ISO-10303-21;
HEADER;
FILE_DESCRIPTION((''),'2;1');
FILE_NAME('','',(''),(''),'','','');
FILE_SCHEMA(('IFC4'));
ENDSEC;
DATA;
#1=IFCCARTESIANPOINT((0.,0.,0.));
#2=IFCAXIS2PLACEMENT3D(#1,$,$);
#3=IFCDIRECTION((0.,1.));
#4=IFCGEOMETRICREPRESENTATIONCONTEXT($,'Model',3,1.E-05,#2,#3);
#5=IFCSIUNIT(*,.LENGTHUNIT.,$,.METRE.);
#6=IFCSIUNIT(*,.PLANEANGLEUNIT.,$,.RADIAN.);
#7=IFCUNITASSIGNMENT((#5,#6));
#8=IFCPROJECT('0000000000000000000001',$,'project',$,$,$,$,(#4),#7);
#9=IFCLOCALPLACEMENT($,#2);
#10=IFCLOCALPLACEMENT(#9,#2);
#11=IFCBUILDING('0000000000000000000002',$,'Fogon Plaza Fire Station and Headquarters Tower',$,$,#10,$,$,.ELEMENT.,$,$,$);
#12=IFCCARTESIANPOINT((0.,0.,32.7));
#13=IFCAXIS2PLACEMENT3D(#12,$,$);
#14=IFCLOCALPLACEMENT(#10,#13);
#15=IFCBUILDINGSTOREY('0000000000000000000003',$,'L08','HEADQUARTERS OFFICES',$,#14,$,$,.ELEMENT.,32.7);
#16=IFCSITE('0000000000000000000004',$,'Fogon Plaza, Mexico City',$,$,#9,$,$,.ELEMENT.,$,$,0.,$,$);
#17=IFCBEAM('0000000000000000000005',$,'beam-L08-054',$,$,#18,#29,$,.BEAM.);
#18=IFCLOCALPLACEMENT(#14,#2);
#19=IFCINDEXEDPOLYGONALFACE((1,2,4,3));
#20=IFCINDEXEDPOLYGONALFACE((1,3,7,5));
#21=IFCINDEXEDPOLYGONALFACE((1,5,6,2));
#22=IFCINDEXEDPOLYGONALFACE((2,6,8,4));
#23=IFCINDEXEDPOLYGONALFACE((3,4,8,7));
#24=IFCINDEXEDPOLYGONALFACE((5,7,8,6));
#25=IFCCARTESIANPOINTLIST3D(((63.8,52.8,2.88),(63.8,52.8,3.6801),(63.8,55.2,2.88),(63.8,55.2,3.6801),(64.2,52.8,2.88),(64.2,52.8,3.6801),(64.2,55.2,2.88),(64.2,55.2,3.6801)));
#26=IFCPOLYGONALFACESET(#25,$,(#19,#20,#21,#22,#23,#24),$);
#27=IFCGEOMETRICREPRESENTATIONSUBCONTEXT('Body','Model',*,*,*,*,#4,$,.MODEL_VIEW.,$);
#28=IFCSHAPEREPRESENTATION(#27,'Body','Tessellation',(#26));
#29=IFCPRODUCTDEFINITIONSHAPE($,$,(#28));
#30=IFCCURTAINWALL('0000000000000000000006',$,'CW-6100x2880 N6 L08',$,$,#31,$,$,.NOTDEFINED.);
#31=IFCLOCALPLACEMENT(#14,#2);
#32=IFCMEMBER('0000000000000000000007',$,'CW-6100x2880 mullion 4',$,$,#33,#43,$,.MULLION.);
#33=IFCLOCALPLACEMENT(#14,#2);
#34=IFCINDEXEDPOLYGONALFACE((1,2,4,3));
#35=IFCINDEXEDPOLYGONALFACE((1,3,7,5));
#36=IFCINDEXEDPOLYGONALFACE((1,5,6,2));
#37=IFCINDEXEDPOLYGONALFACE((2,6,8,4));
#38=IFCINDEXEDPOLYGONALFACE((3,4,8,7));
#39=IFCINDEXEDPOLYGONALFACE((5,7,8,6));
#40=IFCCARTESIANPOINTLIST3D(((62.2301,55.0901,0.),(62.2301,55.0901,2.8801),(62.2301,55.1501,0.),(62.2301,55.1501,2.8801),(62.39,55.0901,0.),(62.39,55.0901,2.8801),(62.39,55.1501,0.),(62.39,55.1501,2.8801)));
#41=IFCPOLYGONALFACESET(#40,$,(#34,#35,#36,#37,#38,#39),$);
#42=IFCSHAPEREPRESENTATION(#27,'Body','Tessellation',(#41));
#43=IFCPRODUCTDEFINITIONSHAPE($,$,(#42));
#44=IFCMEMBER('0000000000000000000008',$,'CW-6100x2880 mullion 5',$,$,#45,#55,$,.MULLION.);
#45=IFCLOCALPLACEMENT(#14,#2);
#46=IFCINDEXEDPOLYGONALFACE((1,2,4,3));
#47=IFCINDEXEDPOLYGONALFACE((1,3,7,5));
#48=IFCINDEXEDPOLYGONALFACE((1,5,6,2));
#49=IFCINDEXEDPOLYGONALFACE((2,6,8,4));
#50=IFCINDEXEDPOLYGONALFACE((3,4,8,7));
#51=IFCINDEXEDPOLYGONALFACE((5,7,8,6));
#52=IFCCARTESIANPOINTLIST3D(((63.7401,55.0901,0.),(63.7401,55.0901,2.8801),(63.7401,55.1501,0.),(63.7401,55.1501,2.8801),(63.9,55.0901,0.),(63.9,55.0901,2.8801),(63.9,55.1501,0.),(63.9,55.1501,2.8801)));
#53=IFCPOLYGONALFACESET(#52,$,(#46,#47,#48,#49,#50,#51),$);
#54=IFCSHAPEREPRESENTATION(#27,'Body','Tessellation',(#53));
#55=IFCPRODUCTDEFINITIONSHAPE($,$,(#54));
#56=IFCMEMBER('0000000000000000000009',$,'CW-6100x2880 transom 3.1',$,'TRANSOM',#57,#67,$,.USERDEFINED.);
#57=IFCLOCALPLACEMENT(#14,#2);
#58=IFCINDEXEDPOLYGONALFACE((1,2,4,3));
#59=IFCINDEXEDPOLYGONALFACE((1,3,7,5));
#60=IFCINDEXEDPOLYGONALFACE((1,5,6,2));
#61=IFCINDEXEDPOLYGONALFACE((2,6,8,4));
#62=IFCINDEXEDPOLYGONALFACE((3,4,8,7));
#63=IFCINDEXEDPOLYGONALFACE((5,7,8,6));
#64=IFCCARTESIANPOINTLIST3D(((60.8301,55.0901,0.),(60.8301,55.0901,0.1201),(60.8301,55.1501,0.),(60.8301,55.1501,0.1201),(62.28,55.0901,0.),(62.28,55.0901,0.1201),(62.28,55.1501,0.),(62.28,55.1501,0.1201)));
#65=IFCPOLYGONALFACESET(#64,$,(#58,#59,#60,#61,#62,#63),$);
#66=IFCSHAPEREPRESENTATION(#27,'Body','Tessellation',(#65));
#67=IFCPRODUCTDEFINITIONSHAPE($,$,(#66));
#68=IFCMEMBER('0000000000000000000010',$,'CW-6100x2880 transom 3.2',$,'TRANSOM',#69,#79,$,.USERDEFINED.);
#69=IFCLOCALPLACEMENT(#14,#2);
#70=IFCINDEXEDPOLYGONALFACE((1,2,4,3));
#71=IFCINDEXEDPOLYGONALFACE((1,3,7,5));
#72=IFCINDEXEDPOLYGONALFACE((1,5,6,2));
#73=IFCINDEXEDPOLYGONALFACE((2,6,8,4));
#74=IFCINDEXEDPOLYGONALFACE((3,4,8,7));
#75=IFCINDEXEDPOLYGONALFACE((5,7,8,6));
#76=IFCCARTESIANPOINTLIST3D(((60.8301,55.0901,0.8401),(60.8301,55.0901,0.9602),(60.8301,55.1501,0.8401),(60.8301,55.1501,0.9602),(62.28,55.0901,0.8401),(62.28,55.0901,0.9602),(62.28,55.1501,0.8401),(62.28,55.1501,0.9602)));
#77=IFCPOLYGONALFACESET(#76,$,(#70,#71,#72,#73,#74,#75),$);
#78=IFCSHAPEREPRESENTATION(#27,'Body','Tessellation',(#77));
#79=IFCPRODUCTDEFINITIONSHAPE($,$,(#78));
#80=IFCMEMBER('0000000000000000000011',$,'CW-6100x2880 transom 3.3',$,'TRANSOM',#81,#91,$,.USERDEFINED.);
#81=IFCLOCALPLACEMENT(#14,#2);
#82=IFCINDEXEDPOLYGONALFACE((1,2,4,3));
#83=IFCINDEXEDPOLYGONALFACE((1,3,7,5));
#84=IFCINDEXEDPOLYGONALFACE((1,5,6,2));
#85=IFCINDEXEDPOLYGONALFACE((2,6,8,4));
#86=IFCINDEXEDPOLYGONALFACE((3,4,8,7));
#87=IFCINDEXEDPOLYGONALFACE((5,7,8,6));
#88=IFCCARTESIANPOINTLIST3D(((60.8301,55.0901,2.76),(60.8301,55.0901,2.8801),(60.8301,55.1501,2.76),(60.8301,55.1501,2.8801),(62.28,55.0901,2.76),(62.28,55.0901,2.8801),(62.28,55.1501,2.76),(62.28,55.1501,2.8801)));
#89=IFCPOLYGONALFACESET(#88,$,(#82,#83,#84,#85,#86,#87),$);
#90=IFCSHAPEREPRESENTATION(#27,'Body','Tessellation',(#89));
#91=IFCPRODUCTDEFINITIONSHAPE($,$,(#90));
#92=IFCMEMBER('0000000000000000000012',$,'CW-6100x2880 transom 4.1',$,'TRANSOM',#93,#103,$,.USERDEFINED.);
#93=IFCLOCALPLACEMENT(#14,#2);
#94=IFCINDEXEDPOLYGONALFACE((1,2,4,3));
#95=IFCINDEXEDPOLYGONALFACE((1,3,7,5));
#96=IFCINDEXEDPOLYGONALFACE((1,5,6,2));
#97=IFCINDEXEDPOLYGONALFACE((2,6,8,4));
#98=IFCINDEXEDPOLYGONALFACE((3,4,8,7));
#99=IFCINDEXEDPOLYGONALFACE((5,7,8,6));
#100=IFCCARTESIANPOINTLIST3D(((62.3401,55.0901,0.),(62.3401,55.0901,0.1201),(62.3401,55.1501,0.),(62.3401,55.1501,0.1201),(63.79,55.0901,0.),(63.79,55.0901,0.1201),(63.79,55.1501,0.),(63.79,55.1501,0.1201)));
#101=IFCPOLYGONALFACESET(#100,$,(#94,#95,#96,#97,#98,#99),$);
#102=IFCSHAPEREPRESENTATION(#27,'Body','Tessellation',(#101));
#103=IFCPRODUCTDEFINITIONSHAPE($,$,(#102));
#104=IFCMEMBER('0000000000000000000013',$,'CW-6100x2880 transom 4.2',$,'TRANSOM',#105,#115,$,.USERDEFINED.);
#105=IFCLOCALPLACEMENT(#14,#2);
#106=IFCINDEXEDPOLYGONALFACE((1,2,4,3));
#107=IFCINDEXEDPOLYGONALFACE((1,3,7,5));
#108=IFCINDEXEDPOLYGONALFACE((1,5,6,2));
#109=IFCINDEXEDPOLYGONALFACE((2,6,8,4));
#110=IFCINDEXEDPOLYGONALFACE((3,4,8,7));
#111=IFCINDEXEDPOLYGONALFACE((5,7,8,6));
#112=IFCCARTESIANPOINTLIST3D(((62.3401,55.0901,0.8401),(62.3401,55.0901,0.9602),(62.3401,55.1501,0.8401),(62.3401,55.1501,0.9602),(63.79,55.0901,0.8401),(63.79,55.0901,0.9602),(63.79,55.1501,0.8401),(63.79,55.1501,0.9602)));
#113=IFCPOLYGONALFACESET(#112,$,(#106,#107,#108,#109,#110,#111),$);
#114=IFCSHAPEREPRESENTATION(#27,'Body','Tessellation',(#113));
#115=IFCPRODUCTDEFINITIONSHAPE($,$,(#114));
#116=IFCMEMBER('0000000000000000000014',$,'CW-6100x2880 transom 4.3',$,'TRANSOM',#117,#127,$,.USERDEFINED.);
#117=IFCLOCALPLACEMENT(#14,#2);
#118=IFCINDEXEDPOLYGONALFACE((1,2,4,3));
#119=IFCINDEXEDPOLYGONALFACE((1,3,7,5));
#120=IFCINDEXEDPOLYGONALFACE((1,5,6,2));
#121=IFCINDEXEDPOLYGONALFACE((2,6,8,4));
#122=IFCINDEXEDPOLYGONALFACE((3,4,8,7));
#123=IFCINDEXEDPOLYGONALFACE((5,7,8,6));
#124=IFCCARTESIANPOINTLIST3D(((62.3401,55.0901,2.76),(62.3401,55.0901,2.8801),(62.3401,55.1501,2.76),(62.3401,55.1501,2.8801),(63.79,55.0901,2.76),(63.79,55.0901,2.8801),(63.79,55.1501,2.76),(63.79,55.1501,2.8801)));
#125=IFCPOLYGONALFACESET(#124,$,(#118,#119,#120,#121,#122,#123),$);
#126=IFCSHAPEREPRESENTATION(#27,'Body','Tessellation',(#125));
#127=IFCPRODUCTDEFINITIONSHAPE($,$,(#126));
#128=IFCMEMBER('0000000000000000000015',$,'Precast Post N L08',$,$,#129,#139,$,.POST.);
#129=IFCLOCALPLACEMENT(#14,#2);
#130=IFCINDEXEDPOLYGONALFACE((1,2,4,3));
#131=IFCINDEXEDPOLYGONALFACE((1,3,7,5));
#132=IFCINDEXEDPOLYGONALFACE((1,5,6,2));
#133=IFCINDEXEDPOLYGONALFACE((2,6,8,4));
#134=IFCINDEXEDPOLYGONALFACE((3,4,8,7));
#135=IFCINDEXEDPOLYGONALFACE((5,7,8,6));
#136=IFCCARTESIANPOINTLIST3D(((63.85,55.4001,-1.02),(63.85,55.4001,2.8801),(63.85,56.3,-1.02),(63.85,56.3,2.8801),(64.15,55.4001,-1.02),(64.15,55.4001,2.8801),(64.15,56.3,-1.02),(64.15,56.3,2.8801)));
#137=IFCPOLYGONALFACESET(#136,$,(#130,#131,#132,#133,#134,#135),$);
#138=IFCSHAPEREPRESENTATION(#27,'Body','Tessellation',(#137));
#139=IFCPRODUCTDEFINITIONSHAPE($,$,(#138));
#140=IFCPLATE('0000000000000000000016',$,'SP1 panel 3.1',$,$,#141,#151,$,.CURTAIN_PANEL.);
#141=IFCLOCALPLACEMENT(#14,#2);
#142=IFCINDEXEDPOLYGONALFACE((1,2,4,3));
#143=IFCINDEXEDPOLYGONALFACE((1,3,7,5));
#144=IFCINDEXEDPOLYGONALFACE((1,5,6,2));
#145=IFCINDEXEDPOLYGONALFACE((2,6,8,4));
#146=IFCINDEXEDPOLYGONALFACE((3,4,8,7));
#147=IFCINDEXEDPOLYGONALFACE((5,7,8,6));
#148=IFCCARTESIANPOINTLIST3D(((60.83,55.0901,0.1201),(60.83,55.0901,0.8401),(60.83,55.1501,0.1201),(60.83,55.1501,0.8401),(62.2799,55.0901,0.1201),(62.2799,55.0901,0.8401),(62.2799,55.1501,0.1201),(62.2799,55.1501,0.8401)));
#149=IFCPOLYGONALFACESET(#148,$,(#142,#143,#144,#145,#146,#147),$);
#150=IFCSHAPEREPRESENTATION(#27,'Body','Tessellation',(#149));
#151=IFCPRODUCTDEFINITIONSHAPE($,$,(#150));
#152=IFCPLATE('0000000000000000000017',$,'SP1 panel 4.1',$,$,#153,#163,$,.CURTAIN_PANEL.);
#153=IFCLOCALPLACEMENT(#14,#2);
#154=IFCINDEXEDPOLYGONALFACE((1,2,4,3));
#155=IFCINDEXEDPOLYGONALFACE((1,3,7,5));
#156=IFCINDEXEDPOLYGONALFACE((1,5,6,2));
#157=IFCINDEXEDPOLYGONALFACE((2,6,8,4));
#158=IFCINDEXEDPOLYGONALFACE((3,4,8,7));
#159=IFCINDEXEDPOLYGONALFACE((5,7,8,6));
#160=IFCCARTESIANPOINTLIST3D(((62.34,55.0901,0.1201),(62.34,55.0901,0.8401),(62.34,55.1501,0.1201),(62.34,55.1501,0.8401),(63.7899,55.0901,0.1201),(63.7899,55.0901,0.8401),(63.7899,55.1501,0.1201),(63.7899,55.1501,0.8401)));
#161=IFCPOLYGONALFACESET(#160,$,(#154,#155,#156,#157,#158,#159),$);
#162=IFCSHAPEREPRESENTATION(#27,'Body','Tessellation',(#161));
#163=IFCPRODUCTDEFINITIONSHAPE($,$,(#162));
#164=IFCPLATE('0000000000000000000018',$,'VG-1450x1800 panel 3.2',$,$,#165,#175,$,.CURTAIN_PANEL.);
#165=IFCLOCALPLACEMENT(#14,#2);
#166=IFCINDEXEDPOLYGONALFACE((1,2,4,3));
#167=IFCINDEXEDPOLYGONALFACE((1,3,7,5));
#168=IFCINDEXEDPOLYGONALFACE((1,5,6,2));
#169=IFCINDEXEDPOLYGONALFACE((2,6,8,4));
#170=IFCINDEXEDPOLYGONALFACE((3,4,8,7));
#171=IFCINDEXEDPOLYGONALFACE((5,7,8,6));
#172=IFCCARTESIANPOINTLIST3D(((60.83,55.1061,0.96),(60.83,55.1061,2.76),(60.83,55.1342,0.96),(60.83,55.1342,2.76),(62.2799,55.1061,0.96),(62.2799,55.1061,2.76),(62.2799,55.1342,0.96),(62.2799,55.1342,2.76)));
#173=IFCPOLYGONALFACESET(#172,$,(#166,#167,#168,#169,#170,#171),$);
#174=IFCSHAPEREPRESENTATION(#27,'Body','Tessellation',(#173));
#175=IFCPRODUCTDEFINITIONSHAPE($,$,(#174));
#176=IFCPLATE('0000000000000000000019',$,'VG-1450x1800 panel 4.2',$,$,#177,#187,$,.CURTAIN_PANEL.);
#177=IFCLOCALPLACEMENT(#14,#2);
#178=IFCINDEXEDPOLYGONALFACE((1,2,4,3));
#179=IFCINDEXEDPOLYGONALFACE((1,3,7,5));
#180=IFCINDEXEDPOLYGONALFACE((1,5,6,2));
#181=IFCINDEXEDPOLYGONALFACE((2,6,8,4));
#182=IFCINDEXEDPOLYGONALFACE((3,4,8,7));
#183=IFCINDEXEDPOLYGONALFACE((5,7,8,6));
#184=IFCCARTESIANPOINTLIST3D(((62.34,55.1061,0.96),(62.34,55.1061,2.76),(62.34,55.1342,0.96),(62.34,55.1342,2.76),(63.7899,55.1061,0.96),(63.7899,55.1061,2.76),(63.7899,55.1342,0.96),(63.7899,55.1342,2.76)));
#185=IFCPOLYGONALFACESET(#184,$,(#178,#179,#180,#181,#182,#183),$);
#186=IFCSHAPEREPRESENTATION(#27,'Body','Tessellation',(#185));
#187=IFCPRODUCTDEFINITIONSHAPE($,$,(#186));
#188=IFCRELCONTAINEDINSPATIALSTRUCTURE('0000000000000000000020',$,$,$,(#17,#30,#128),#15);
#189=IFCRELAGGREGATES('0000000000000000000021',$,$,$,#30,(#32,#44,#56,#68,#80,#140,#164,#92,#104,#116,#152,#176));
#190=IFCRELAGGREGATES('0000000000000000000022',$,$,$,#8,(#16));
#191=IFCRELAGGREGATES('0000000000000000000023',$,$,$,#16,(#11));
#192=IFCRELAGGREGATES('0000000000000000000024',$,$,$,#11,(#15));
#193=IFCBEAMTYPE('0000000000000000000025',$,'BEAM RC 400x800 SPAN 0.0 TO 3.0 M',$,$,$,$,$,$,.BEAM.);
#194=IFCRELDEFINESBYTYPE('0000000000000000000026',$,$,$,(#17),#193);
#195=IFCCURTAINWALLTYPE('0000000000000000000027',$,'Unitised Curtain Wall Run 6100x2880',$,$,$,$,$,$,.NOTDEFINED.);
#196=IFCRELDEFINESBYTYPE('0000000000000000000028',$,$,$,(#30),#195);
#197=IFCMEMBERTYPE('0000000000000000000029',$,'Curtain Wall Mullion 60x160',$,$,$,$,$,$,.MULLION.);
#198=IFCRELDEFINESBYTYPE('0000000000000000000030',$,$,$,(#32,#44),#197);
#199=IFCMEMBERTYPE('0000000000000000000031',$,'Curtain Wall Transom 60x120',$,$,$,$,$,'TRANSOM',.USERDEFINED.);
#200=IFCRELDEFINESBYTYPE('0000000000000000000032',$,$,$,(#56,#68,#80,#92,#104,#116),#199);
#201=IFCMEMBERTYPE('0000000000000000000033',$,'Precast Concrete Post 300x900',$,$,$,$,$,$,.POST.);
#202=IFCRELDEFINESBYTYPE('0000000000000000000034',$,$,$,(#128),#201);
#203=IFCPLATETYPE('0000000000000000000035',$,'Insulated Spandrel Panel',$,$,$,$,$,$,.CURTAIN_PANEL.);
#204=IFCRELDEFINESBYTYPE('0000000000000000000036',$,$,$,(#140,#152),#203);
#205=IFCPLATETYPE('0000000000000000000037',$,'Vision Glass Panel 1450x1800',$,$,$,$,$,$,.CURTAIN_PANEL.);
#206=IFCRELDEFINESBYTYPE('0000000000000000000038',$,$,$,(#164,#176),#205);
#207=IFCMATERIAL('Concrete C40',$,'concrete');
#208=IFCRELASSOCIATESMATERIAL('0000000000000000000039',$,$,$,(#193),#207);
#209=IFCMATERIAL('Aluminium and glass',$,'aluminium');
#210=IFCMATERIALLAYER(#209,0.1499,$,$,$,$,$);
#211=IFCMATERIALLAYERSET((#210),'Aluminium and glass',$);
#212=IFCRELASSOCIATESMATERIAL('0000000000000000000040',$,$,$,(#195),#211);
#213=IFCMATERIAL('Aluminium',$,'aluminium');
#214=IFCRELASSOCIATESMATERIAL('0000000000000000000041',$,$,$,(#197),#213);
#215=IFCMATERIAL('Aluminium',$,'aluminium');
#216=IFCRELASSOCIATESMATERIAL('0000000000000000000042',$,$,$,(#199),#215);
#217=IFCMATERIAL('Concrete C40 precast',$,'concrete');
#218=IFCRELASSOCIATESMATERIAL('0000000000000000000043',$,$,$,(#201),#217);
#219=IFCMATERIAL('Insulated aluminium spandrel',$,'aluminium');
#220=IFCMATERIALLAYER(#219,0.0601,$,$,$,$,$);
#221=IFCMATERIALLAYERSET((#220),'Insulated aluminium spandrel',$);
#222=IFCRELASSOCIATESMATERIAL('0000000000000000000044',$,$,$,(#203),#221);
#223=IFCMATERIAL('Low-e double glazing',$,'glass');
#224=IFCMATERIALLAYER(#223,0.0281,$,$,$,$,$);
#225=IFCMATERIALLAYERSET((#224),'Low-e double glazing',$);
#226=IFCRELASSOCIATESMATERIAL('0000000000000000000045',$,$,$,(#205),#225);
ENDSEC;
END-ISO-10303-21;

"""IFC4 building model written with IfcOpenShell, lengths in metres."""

from ifc_helpers import new_model, si_unit, direction, frame, origin, origin_2d, place, context, subcontext, project, spatial, rectangle, extrude, material, layer, layer_set, material_profile, profile_set, type_object, element, aggregate, save


model = new_model("IFC4")

# Units and contexts
model_context = context("Model", 3, precision=1e-05, world=origin(), true_north=direction((0.0, 1.0)))
body_context = subcontext(model_context, "Body", "Model", "MODEL_VIEW")
ifc_project = project(units=[si_unit("LENGTHUNIT", "METRE"), si_unit("PLANEANGLEUNIT", "RADIAN")], contexts=[model_context])

# Site, building, storey
site_placement = place(None, origin())
site = spatial("IfcSite", under=ifc_project, at=site_placement, Name="Fogon Plaza, Mexico City", CompositionType="ELEMENT", RefElevation=0.0)
building_placement = place(site_placement, origin())
building = spatial("IfcBuilding", under=site, at=building_placement, Name="Fogon Plaza Fire Station and Headquarters Tower", CompositionType="ELEMENT")
storey_placement = place(building_placement, frame((0.0, 0.0, 32.7)))
storey = spatial("IfcBuildingStorey", under=building, at=storey_placement, Name="L08", Description="HEADQUARTERS OFFICES", CompositionType="ELEMENT", Elevation=32.7)

# Beam
ifc_material_1 = material(Name="Concrete C40", Category="concrete")
ifc_material_profile_1 = material_profile(ifc_material_1, rectangle(XDim=0.3999, YDim=0.8, at=origin_2d()), Name="RC 400x800")
ifc_profile_set_1 = profile_set([ifc_material_profile_1], Name="Concrete C40")
beam_type = type_object("IfcBeamType", Name="BEAM RC 400x800 SPAN 0.0 TO 3.0 M", PredefinedType="BEAM", material=ifc_profile_set_1)
beam_placement = place(storey_placement, frame((64.0, 52.8, 3.28), z_axis=(0.0, 1.0, 0.0), x_axis=(-1.0, 0.0, 0.0)))
element("IfcBeam", 1, at=beam_placement, inside=storey, type_object=beam_type, Name="beam-L08-054", PredefinedType="BEAM", context=body_context, shape_type="SweptSolid", body=[
    extrude(rectangle(XDim=0.3999, YDim=0.8, at=origin_2d()), origin(), (0.0, 0.0, 1.0), 2.3999),
])

# Curtain wall, members
ifc_material_2 = material(Name="Aluminium and glass", Category="aluminium")
ifc_layer_1 = layer(ifc_material_2, 0.1499)
ifc_layer_set_1 = layer_set([ifc_layer_1], Name="Aluminium and glass")
curtain_wall_type = type_object("IfcCurtainWallType", Name="Unitised Curtain Wall Run 6100x2880", PredefinedType="NOTDEFINED", material=ifc_layer_set_1)
curtain_wall_placement = place(storey_placement, origin())
curtain_wall = element("IfcCurtainWall", 2, at=curtain_wall_placement, inside=storey, type_object=curtain_wall_type, Name="CW-6100x2880 N6 L08", PredefinedType="NOTDEFINED")
ifc_material_3 = material(Name="Aluminium", Category="aluminium")
ifc_material_profile_2 = material_profile(ifc_material_3, rectangle(XDim=0.0601, YDim=0.1599, at=origin_2d()), Name="Curtain Wall Mullion 60x160")
ifc_profile_set_2 = profile_set([ifc_material_profile_2], Name="Aluminium")
member_type_1 = type_object("IfcMemberType", Name="Curtain Wall Mullion 60x160", PredefinedType="MULLION", material=ifc_profile_set_2)
member_1_placement = place(storey_placement, frame((62.3101, 55.1201, 0.0), z_axis=(0.0, 0.0, 1.0), x_axis=(0.0, 1.0, 0.0)))
member_1 = element("IfcMember", 3, at=member_1_placement, type_object=member_type_1, Name="CW-6100x2880 mullion 4", PredefinedType="MULLION", context=body_context, shape_type="SweptSolid", body=[
    extrude(rectangle(XDim=0.0601, YDim=0.1599, at=origin_2d()), origin(), (0.0, 0.0, 1.0), 2.8801),
])
member_2_placement = place(storey_placement, frame((63.8201, 55.1201, 0.0), z_axis=(0.0, 0.0, 1.0), x_axis=(0.0, 1.0, 0.0)))
member_2 = element("IfcMember", 4, at=member_2_placement, type_object=member_type_1, Name="CW-6100x2880 mullion 5", PredefinedType="MULLION", context=body_context, shape_type="SweptSolid", body=[
    extrude(rectangle(XDim=0.0601, YDim=0.1599, at=origin_2d()), origin(), (0.0, 0.0, 1.0), 2.8801),
])
ifc_material_4 = material(Name="Aluminium", Category="aluminium")
ifc_material_profile_3 = material_profile(ifc_material_4, rectangle(XDim=0.0601, YDim=0.1201, at=origin_2d()), Name="Curtain Wall Transom 60x120")
ifc_profile_set_3 = profile_set([ifc_material_profile_3], Name="Aluminium")
member_type_2 = type_object("IfcMemberType", Name="Curtain Wall Transom 60x120", ElementType="TRANSOM", PredefinedType="USERDEFINED", material=ifc_profile_set_3)
member_3_placement = place(storey_placement, frame((60.8301, 55.1201, 0.0601), z_axis=(1.0, 0.0, 0.0), x_axis=(0.0, 1.0, 0.0)))
member_3 = element("IfcMember", 5, at=member_3_placement, type_object=member_type_2, Name="CW-6100x2880 transom 3.1", ObjectType="TRANSOM", PredefinedType="USERDEFINED", context=body_context, shape_type="SweptSolid", body=[
    extrude(rectangle(XDim=0.0601, YDim=0.1201, at=origin_2d()), origin(), (0.0, 0.0, 1.0), 1.45),
])
member_4_placement = place(storey_placement, frame((60.8301, 55.1201, 0.9001), z_axis=(1.0, 0.0, 0.0), x_axis=(0.0, 1.0, 0.0)))
member_4 = element("IfcMember", 6, at=member_4_placement, type_object=member_type_2, Name="CW-6100x2880 transom 3.2", ObjectType="TRANSOM", PredefinedType="USERDEFINED", context=body_context, shape_type="SweptSolid", body=[
    extrude(rectangle(XDim=0.0601, YDim=0.1201, at=origin_2d()), origin(), (0.0, 0.0, 1.0), 1.45),
])
member_5_placement = place(storey_placement, frame((60.8301, 55.1201, 2.8201), z_axis=(1.0, 0.0, 0.0), x_axis=(0.0, 1.0, 0.0)))
member_5 = element("IfcMember", 7, at=member_5_placement, type_object=member_type_2, Name="CW-6100x2880 transom 3.3", ObjectType="TRANSOM", PredefinedType="USERDEFINED", context=body_context, shape_type="SweptSolid", body=[
    extrude(rectangle(XDim=0.0601, YDim=0.1201, at=origin_2d()), origin(), (0.0, 0.0, 1.0), 1.45),
])
member_6_placement = place(storey_placement, frame((62.3401, 55.1201, 0.0601), z_axis=(1.0, 0.0, 0.0), x_axis=(0.0, 1.0, 0.0)))
member_6 = element("IfcMember", 8, at=member_6_placement, type_object=member_type_2, Name="CW-6100x2880 transom 4.1", ObjectType="TRANSOM", PredefinedType="USERDEFINED", context=body_context, shape_type="SweptSolid", body=[
    extrude(rectangle(XDim=0.0601, YDim=0.1201, at=origin_2d()), origin(), (0.0, 0.0, 1.0), 1.45),
])
member_7_placement = place(storey_placement, frame((62.3401, 55.1201, 0.9001), z_axis=(1.0, 0.0, 0.0), x_axis=(0.0, 1.0, 0.0)))
member_7 = element("IfcMember", 9, at=member_7_placement, type_object=member_type_2, Name="CW-6100x2880 transom 4.2", ObjectType="TRANSOM", PredefinedType="USERDEFINED", context=body_context, shape_type="SweptSolid", body=[
    extrude(rectangle(XDim=0.0601, YDim=0.1201, at=origin_2d()), origin(), (0.0, 0.0, 1.0), 1.45),
])
member_8_placement = place(storey_placement, frame((62.3401, 55.1201, 2.8201), z_axis=(1.0, 0.0, 0.0), x_axis=(0.0, 1.0, 0.0)))
member_8 = element("IfcMember", 10, at=member_8_placement, type_object=member_type_2, Name="CW-6100x2880 transom 4.3", ObjectType="TRANSOM", PredefinedType="USERDEFINED", context=body_context, shape_type="SweptSolid", body=[
    extrude(rectangle(XDim=0.0601, YDim=0.1201, at=origin_2d()), origin(), (0.0, 0.0, 1.0), 1.45),
])

# Member
ifc_material_5 = material(Name="Concrete C40 precast", Category="concrete")
ifc_material_profile_4 = material_profile(ifc_material_5, rectangle(XDim=0.3, YDim=0.8999, at=origin_2d()), Name="Precast Concrete Post 300x900")
ifc_profile_set_4 = profile_set([ifc_material_profile_4], Name="Concrete C40 precast")
member_type_3 = type_object("IfcMemberType", Name="Precast Concrete Post 300x900", PredefinedType="POST", material=ifc_profile_set_4)
member_9_placement = place(storey_placement, frame((64.0, 55.8501, -1.02), z_axis=(0.0, 0.0, 1.0), x_axis=(1.0, 0.0, 0.0)))
element("IfcMember", 11, at=member_9_placement, inside=storey, type_object=member_type_3, Name="Precast Post N L08", PredefinedType="POST", context=body_context, shape_type="SweptSolid", body=[
    extrude(rectangle(XDim=0.3, YDim=0.8999, at=origin_2d()), origin(), (0.0, 0.0, 1.0), 3.9001),
])

# Plates
ifc_material_6 = material(Name="Insulated aluminium spandrel", Category="aluminium")
ifc_layer_2 = layer(ifc_material_6, 0.0601)
ifc_layer_set_2 = layer_set([ifc_layer_2], Name="Insulated aluminium spandrel")
plate_type_1 = type_object("IfcPlateType", Name="Insulated Spandrel Panel", PredefinedType="CURTAIN_PANEL", material=ifc_layer_set_2)
plate_1_placement = place(storey_placement, frame((61.5549, 55.1201, 0.1201), z_axis=(0.0, 0.0, 1.0), x_axis=(1.0, 0.0, 0.0)))
plate_1 = element("IfcPlate", 12, at=plate_1_placement, type_object=plate_type_1, Name="SP1 panel 3.1", PredefinedType="CURTAIN_PANEL", context=body_context, shape_type="SweptSolid", body=[
    extrude(rectangle(XDim=1.45, YDim=0.0601, at=origin_2d()), origin(), (0.0, 0.0, 1.0), 0.72),
])
plate_2_placement = place(storey_placement, frame((63.0649, 55.1201, 0.1201), z_axis=(0.0, 0.0, 1.0), x_axis=(1.0, 0.0, 0.0)))
plate_2 = element("IfcPlate", 13, at=plate_2_placement, type_object=plate_type_1, Name="SP1 panel 4.1", PredefinedType="CURTAIN_PANEL", context=body_context, shape_type="SweptSolid", body=[
    extrude(rectangle(XDim=1.45, YDim=0.0601, at=origin_2d()), origin(), (0.0, 0.0, 1.0), 0.72),
])
ifc_material_7 = material(Name="Low-e double glazing", Category="glass")
ifc_layer_3 = layer(ifc_material_7, 0.0281)
ifc_layer_set_3 = layer_set([ifc_layer_3], Name="Low-e double glazing")
plate_type_2 = type_object("IfcPlateType", Name="Vision Glass Panel 1450x1800", PredefinedType="CURTAIN_PANEL", material=ifc_layer_set_3)
plate_3_placement = place(storey_placement, frame((61.5549, 55.1201, 0.96), z_axis=(0.0, 0.0, 1.0), x_axis=(1.0, 0.0, 0.0)))
plate_3 = element("IfcPlate", 14, at=plate_3_placement, type_object=plate_type_2, Name="VG-1450x1800 panel 3.2", PredefinedType="CURTAIN_PANEL", context=body_context, shape_type="SweptSolid", body=[
    extrude(rectangle(XDim=1.45, YDim=0.0281, at=origin_2d()), origin(), (0.0, 0.0, 1.0), 1.8),
])
plate_4_placement = place(storey_placement, frame((63.0649, 55.1201, 0.96), z_axis=(0.0, 0.0, 1.0), x_axis=(1.0, 0.0, 0.0)))
plate_4 = element("IfcPlate", 15, at=plate_4_placement, type_object=plate_type_2, Name="VG-1450x1800 panel 4.2", PredefinedType="CURTAIN_PANEL", context=body_context, shape_type="SweptSolid", body=[
    extrude(rectangle(XDim=1.45, YDim=0.0281, at=origin_2d()), origin(), (0.0, 0.0, 1.0), 1.8),
])
aggregate(curtain_wall, [member_1, member_2, member_3, member_4, member_5, plate_1, plate_3, member_6, member_7, member_8, plate_2, plate_4])

save(model, "model.ifc")
